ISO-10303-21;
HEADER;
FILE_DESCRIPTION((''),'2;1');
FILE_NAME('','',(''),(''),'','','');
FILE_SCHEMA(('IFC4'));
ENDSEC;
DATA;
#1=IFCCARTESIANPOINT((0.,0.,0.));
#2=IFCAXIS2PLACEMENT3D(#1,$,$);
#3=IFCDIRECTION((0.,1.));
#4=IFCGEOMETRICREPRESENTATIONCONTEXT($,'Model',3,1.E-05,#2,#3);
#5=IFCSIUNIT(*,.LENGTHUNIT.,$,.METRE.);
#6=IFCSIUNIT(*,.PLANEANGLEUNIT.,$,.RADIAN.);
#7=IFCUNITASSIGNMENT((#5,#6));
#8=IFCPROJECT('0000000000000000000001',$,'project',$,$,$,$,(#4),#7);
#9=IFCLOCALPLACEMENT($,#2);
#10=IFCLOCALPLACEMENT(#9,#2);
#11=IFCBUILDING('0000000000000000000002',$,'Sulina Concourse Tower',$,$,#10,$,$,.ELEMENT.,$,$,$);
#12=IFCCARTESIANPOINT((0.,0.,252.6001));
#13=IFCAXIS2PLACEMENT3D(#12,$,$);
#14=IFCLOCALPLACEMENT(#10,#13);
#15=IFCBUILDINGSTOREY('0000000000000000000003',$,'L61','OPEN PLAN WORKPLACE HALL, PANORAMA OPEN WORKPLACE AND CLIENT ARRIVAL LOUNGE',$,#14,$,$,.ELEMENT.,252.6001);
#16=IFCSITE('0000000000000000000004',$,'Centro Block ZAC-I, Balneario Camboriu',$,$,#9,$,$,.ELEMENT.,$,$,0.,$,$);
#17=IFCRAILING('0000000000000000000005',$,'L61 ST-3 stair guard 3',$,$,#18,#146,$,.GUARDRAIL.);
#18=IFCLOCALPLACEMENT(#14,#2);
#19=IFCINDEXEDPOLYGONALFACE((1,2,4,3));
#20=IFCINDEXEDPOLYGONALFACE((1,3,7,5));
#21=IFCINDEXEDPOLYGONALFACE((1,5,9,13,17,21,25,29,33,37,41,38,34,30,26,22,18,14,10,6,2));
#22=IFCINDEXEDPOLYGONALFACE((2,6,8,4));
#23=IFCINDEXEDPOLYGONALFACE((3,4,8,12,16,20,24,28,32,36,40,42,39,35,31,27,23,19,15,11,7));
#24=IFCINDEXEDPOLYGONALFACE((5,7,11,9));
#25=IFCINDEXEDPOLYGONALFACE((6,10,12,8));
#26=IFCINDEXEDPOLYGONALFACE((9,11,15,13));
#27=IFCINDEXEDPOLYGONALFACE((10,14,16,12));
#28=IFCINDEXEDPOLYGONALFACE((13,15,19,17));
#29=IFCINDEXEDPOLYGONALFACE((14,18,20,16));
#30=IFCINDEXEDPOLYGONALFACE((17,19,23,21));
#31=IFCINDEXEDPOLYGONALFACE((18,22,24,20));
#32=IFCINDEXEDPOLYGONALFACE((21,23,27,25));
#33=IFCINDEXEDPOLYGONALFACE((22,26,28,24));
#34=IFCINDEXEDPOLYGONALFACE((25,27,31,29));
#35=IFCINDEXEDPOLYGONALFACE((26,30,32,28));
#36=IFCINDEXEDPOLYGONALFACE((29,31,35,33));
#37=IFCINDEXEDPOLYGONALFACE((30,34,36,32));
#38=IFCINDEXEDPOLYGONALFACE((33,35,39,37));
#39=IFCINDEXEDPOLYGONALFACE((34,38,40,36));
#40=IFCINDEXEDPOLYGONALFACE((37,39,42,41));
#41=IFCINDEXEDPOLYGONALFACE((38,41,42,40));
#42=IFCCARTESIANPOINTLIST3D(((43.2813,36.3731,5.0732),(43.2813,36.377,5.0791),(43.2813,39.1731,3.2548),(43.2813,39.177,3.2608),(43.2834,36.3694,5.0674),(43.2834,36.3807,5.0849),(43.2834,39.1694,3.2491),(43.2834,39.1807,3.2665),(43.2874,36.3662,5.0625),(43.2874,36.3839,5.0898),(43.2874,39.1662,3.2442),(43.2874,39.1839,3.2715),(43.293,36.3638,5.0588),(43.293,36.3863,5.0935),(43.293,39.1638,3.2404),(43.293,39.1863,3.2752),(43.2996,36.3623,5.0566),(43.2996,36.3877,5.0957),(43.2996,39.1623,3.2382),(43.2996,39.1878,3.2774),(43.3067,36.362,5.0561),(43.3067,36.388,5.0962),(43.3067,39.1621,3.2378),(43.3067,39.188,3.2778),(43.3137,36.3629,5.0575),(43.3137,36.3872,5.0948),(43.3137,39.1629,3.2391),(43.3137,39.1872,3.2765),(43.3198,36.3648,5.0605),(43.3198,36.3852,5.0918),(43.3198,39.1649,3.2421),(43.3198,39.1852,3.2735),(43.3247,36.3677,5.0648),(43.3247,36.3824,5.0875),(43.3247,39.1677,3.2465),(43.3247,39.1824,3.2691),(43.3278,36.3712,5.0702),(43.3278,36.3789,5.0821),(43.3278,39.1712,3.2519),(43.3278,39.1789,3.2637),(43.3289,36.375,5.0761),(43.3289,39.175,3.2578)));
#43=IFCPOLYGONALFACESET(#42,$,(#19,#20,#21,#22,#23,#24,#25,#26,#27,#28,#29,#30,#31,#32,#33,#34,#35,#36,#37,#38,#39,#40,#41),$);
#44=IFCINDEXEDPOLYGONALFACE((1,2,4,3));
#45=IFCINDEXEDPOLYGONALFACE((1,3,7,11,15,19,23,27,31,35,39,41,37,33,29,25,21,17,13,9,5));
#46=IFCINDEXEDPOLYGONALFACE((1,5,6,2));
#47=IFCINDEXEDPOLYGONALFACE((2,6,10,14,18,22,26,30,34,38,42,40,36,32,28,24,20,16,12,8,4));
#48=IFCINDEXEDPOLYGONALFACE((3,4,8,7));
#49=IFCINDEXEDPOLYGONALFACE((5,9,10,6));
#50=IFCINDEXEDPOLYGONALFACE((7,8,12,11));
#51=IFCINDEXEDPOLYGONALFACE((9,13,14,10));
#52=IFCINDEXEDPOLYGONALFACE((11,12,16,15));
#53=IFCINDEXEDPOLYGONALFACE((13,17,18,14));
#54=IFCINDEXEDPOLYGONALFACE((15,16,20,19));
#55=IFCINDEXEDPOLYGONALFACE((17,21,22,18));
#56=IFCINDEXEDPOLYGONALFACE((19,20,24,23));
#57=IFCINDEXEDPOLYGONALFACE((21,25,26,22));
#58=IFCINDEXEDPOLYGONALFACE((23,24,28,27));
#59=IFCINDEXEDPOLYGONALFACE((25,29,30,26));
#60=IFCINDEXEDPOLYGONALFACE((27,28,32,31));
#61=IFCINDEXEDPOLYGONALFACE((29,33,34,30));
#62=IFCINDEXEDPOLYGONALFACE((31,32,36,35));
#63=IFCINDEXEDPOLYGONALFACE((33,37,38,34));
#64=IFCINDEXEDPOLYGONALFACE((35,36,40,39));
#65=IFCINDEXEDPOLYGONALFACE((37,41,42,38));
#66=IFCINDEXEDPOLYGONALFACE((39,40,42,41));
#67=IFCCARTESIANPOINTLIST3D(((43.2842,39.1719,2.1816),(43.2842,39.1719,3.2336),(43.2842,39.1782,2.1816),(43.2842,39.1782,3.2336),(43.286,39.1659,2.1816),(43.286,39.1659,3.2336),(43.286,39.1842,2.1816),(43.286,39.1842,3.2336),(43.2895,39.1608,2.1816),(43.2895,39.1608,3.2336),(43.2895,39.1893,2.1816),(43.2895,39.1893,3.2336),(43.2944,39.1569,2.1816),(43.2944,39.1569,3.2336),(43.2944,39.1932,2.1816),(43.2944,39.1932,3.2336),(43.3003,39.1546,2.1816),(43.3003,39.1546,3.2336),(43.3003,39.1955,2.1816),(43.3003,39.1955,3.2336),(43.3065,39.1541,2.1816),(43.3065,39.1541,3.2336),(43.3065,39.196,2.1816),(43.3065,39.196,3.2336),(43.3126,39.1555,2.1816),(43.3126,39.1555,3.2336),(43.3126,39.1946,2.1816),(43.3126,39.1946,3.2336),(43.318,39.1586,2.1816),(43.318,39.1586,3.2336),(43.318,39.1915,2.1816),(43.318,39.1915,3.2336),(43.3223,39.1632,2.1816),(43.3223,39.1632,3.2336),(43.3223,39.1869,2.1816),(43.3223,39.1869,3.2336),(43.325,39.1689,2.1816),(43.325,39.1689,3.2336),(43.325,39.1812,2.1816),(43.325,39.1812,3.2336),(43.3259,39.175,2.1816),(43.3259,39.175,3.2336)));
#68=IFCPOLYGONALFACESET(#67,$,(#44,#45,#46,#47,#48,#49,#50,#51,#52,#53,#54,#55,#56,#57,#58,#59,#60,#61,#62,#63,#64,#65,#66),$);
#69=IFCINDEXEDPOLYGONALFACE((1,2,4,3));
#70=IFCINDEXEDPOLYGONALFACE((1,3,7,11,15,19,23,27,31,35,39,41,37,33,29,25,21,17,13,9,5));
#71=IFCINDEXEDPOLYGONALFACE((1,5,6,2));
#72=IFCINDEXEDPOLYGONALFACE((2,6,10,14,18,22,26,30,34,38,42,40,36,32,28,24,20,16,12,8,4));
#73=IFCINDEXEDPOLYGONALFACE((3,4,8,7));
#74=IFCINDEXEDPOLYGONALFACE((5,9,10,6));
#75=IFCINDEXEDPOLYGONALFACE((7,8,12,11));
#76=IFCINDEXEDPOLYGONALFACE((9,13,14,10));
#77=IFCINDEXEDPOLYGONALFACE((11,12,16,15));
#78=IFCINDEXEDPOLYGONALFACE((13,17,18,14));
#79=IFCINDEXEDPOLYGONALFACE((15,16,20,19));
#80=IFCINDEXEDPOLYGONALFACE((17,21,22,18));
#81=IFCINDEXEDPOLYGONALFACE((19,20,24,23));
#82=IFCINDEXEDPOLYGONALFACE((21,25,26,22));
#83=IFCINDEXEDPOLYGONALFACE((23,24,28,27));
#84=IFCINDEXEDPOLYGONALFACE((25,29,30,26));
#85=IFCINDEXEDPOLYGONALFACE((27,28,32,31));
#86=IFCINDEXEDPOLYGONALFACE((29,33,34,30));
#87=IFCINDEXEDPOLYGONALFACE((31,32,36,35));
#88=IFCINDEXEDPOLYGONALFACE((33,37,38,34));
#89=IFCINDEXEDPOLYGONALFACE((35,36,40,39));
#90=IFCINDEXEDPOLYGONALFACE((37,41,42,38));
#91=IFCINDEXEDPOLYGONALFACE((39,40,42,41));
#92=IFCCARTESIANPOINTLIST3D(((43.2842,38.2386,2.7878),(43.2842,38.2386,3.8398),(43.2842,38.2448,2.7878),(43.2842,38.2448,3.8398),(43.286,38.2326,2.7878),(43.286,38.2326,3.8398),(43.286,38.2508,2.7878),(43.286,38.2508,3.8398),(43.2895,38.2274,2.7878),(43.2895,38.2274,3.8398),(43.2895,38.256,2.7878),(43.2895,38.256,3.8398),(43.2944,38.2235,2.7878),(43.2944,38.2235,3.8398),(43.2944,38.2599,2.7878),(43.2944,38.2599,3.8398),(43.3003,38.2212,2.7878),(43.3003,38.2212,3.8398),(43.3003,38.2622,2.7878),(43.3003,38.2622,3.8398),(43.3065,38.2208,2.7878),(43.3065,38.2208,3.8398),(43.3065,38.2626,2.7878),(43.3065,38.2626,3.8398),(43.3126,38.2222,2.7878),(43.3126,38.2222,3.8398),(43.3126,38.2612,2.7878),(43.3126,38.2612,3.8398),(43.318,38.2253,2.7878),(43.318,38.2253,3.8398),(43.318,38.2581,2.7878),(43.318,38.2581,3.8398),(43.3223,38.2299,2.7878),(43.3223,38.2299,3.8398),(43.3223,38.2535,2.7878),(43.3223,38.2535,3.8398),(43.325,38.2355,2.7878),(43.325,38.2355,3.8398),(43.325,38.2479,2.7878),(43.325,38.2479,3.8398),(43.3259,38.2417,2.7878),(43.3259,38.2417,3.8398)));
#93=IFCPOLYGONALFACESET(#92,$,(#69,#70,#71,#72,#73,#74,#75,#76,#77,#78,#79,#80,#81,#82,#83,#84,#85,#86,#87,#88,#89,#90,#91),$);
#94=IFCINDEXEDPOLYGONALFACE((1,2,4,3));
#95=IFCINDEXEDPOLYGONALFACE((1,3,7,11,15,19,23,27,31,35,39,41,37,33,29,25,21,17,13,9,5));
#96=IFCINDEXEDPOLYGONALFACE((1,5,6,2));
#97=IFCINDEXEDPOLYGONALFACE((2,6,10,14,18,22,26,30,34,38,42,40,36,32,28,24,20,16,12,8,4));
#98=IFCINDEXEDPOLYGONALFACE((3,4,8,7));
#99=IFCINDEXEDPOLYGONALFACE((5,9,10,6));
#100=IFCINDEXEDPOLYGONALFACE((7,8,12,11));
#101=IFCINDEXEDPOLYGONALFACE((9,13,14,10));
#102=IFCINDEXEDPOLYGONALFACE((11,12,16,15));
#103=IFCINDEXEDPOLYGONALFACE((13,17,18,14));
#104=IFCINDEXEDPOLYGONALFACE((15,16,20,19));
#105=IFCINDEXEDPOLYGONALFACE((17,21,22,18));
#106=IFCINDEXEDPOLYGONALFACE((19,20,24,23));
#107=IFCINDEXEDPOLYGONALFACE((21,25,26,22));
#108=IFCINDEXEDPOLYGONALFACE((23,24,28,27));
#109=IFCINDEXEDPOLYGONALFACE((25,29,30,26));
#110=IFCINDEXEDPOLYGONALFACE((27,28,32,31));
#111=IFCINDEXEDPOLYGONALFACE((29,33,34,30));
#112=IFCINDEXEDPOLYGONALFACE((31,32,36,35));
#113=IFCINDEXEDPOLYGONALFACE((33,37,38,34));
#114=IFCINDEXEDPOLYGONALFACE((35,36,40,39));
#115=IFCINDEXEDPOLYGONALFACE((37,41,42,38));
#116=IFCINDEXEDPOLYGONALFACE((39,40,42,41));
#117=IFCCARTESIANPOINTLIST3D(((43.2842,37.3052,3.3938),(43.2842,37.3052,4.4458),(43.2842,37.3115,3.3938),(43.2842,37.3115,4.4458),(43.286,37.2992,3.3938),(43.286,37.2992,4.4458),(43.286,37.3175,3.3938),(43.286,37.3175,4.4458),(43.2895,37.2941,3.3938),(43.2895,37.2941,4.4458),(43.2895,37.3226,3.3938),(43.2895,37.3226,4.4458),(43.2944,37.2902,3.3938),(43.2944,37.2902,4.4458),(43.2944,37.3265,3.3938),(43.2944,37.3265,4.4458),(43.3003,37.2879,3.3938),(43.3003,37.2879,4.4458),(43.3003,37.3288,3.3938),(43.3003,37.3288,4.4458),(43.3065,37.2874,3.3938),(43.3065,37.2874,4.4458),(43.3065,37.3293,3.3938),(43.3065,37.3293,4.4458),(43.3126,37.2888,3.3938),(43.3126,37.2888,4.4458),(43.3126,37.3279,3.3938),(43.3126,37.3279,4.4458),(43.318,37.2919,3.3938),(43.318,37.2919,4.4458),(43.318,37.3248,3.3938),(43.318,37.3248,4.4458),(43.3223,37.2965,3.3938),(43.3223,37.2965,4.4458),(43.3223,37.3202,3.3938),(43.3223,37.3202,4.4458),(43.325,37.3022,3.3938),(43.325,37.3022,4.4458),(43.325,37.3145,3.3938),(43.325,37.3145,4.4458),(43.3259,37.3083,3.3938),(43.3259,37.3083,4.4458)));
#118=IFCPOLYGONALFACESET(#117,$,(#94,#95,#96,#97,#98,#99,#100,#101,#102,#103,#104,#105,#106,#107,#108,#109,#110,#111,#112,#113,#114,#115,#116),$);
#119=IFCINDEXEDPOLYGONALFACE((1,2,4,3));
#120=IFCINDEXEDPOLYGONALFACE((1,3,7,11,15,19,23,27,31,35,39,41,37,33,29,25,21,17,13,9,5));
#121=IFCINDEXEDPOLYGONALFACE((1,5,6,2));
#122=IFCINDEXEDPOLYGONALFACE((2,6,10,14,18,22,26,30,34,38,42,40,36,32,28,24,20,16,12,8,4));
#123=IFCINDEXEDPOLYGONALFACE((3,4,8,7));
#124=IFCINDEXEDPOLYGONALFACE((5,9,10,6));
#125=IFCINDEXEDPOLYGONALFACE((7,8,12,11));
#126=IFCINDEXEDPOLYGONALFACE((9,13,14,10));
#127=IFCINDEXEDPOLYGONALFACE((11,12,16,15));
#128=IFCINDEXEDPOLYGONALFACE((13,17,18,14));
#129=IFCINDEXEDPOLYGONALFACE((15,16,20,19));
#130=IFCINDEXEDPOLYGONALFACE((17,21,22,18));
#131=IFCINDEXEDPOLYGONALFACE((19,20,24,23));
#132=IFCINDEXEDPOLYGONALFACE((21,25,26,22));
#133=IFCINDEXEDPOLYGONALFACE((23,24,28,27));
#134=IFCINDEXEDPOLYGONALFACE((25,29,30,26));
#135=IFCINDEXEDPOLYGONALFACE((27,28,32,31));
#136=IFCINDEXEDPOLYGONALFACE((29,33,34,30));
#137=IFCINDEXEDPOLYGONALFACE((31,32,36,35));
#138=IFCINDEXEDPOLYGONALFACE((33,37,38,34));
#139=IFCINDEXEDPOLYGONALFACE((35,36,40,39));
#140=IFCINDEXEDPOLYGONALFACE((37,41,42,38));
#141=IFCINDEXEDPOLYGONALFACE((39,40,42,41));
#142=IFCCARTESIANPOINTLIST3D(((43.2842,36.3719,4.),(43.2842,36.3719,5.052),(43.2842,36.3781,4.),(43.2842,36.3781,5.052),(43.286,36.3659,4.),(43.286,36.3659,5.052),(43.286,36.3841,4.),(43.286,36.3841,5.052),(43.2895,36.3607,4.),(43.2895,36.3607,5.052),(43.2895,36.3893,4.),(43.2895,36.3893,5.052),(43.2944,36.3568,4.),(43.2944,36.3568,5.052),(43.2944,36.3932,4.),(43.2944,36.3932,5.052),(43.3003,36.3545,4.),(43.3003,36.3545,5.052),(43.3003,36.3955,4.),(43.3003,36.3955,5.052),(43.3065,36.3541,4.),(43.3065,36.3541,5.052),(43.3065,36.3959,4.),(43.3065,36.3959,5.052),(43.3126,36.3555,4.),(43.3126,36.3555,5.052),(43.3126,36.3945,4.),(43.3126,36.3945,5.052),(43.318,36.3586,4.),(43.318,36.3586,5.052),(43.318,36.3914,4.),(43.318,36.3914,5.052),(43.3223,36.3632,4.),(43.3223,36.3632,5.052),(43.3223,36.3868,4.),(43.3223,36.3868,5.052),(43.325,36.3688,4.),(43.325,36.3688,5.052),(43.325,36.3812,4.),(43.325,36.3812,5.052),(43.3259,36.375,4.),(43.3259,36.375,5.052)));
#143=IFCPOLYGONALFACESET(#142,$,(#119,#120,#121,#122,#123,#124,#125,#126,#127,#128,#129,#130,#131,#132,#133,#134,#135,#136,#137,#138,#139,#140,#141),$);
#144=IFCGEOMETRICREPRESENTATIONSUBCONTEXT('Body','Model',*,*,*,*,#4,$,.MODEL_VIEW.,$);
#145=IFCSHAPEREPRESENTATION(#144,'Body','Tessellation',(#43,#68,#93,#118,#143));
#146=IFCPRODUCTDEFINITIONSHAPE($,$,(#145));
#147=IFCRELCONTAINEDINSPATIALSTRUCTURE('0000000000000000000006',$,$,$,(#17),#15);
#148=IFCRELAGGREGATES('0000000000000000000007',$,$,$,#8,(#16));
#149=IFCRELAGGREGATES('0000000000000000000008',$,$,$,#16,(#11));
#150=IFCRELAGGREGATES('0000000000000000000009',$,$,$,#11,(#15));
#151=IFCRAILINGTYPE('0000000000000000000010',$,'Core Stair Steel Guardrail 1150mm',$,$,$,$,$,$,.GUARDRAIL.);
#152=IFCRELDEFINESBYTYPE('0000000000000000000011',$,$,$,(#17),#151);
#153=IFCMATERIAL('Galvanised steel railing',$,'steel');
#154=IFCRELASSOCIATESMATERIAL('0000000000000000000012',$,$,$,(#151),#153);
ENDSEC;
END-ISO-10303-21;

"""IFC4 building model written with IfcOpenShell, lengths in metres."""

from ifc_helpers import new_model, si_unit, direction, frame, origin, origin_2d, place, context, subcontext, project, spatial, circle, extrude, material, type_object, element, save


model = new_model("IFC4")

# Units and contexts
model_context = context("Model", 3, precision=1e-05, world=origin(), true_north=direction((0.0, 1.0)))
body_context = subcontext(model_context, "Body", "Model", "MODEL_VIEW")
ifc_project = project(units=[si_unit("LENGTHUNIT", "METRE"), si_unit("PLANEANGLEUNIT", "RADIAN")], contexts=[model_context])

# Site, building, storey
site_placement = place(None, origin())
site = spatial("IfcSite", under=ifc_project, at=site_placement, Name="Centro Block ZAC-I, Balneario Camboriu", CompositionType="ELEMENT", RefElevation=0.0)
building_placement = place(site_placement, origin())
building = spatial("IfcBuilding", under=site, at=building_placement, Name="Sulina Concourse Tower", CompositionType="ELEMENT")
storey_placement = place(building_placement, frame((0.0, 0.0, 252.6001)))
storey = spatial("IfcBuildingStorey", under=building, at=storey_placement, Name="L61", Description="OPEN PLAN WORKPLACE HALL, PANORAMA OPEN WORKPLACE AND CLIENT ARRIVAL LOUNGE", CompositionType="ELEMENT", Elevation=252.6001)

# Railing
ifc_material_1 = material(Name="Galvanised steel railing", Category="steel")
railing_type_1 = type_object("IfcRailingType", Name="Core Stair Steel Guardrail 1150mm", PredefinedType="GUARDRAIL", material=ifc_material_1)
railing_1_placement = place(storey_placement, frame((43.3049, 39.175, 2.1816)))
element("IfcRailing", 1, at=railing_1_placement, inside=storey, type_object=railing_type_1, Name="L61 ST-3 stair guard 3", PredefinedType="GUARDRAIL", context=body_context, shape_type="SweptSolid", body=[
    extrude(circle(Radius=0.0239, at=origin_2d()), frame((0.0, 0.0, 1.0762), z_axis=(0.0, -0.838672, 0.544636), x_axis=(1.0, 0.0, 0.0)), (0.0, 0.0, 1.0), 3.3386),
    extrude(circle(Radius=0.021, at=origin_2d()), origin(), (0.0, 0.0, 1.0), 1.052),
    extrude(circle(Radius=0.021, at=origin_2d()), frame((0.0, -0.9333, 0.6062)), (0.0, 0.0, 1.0), 1.052),
    extrude(circle(Radius=0.021, at=origin_2d()), frame((0.0, -1.8667, 1.2122)), (0.0, 0.0, 1.0), 1.052),
    extrude(circle(Radius=0.021, at=origin_2d()), frame((0.0, -2.8, 1.8184)), (0.0, 0.0, 1.0), 1.052),
])

save(model, "model.ifc")
